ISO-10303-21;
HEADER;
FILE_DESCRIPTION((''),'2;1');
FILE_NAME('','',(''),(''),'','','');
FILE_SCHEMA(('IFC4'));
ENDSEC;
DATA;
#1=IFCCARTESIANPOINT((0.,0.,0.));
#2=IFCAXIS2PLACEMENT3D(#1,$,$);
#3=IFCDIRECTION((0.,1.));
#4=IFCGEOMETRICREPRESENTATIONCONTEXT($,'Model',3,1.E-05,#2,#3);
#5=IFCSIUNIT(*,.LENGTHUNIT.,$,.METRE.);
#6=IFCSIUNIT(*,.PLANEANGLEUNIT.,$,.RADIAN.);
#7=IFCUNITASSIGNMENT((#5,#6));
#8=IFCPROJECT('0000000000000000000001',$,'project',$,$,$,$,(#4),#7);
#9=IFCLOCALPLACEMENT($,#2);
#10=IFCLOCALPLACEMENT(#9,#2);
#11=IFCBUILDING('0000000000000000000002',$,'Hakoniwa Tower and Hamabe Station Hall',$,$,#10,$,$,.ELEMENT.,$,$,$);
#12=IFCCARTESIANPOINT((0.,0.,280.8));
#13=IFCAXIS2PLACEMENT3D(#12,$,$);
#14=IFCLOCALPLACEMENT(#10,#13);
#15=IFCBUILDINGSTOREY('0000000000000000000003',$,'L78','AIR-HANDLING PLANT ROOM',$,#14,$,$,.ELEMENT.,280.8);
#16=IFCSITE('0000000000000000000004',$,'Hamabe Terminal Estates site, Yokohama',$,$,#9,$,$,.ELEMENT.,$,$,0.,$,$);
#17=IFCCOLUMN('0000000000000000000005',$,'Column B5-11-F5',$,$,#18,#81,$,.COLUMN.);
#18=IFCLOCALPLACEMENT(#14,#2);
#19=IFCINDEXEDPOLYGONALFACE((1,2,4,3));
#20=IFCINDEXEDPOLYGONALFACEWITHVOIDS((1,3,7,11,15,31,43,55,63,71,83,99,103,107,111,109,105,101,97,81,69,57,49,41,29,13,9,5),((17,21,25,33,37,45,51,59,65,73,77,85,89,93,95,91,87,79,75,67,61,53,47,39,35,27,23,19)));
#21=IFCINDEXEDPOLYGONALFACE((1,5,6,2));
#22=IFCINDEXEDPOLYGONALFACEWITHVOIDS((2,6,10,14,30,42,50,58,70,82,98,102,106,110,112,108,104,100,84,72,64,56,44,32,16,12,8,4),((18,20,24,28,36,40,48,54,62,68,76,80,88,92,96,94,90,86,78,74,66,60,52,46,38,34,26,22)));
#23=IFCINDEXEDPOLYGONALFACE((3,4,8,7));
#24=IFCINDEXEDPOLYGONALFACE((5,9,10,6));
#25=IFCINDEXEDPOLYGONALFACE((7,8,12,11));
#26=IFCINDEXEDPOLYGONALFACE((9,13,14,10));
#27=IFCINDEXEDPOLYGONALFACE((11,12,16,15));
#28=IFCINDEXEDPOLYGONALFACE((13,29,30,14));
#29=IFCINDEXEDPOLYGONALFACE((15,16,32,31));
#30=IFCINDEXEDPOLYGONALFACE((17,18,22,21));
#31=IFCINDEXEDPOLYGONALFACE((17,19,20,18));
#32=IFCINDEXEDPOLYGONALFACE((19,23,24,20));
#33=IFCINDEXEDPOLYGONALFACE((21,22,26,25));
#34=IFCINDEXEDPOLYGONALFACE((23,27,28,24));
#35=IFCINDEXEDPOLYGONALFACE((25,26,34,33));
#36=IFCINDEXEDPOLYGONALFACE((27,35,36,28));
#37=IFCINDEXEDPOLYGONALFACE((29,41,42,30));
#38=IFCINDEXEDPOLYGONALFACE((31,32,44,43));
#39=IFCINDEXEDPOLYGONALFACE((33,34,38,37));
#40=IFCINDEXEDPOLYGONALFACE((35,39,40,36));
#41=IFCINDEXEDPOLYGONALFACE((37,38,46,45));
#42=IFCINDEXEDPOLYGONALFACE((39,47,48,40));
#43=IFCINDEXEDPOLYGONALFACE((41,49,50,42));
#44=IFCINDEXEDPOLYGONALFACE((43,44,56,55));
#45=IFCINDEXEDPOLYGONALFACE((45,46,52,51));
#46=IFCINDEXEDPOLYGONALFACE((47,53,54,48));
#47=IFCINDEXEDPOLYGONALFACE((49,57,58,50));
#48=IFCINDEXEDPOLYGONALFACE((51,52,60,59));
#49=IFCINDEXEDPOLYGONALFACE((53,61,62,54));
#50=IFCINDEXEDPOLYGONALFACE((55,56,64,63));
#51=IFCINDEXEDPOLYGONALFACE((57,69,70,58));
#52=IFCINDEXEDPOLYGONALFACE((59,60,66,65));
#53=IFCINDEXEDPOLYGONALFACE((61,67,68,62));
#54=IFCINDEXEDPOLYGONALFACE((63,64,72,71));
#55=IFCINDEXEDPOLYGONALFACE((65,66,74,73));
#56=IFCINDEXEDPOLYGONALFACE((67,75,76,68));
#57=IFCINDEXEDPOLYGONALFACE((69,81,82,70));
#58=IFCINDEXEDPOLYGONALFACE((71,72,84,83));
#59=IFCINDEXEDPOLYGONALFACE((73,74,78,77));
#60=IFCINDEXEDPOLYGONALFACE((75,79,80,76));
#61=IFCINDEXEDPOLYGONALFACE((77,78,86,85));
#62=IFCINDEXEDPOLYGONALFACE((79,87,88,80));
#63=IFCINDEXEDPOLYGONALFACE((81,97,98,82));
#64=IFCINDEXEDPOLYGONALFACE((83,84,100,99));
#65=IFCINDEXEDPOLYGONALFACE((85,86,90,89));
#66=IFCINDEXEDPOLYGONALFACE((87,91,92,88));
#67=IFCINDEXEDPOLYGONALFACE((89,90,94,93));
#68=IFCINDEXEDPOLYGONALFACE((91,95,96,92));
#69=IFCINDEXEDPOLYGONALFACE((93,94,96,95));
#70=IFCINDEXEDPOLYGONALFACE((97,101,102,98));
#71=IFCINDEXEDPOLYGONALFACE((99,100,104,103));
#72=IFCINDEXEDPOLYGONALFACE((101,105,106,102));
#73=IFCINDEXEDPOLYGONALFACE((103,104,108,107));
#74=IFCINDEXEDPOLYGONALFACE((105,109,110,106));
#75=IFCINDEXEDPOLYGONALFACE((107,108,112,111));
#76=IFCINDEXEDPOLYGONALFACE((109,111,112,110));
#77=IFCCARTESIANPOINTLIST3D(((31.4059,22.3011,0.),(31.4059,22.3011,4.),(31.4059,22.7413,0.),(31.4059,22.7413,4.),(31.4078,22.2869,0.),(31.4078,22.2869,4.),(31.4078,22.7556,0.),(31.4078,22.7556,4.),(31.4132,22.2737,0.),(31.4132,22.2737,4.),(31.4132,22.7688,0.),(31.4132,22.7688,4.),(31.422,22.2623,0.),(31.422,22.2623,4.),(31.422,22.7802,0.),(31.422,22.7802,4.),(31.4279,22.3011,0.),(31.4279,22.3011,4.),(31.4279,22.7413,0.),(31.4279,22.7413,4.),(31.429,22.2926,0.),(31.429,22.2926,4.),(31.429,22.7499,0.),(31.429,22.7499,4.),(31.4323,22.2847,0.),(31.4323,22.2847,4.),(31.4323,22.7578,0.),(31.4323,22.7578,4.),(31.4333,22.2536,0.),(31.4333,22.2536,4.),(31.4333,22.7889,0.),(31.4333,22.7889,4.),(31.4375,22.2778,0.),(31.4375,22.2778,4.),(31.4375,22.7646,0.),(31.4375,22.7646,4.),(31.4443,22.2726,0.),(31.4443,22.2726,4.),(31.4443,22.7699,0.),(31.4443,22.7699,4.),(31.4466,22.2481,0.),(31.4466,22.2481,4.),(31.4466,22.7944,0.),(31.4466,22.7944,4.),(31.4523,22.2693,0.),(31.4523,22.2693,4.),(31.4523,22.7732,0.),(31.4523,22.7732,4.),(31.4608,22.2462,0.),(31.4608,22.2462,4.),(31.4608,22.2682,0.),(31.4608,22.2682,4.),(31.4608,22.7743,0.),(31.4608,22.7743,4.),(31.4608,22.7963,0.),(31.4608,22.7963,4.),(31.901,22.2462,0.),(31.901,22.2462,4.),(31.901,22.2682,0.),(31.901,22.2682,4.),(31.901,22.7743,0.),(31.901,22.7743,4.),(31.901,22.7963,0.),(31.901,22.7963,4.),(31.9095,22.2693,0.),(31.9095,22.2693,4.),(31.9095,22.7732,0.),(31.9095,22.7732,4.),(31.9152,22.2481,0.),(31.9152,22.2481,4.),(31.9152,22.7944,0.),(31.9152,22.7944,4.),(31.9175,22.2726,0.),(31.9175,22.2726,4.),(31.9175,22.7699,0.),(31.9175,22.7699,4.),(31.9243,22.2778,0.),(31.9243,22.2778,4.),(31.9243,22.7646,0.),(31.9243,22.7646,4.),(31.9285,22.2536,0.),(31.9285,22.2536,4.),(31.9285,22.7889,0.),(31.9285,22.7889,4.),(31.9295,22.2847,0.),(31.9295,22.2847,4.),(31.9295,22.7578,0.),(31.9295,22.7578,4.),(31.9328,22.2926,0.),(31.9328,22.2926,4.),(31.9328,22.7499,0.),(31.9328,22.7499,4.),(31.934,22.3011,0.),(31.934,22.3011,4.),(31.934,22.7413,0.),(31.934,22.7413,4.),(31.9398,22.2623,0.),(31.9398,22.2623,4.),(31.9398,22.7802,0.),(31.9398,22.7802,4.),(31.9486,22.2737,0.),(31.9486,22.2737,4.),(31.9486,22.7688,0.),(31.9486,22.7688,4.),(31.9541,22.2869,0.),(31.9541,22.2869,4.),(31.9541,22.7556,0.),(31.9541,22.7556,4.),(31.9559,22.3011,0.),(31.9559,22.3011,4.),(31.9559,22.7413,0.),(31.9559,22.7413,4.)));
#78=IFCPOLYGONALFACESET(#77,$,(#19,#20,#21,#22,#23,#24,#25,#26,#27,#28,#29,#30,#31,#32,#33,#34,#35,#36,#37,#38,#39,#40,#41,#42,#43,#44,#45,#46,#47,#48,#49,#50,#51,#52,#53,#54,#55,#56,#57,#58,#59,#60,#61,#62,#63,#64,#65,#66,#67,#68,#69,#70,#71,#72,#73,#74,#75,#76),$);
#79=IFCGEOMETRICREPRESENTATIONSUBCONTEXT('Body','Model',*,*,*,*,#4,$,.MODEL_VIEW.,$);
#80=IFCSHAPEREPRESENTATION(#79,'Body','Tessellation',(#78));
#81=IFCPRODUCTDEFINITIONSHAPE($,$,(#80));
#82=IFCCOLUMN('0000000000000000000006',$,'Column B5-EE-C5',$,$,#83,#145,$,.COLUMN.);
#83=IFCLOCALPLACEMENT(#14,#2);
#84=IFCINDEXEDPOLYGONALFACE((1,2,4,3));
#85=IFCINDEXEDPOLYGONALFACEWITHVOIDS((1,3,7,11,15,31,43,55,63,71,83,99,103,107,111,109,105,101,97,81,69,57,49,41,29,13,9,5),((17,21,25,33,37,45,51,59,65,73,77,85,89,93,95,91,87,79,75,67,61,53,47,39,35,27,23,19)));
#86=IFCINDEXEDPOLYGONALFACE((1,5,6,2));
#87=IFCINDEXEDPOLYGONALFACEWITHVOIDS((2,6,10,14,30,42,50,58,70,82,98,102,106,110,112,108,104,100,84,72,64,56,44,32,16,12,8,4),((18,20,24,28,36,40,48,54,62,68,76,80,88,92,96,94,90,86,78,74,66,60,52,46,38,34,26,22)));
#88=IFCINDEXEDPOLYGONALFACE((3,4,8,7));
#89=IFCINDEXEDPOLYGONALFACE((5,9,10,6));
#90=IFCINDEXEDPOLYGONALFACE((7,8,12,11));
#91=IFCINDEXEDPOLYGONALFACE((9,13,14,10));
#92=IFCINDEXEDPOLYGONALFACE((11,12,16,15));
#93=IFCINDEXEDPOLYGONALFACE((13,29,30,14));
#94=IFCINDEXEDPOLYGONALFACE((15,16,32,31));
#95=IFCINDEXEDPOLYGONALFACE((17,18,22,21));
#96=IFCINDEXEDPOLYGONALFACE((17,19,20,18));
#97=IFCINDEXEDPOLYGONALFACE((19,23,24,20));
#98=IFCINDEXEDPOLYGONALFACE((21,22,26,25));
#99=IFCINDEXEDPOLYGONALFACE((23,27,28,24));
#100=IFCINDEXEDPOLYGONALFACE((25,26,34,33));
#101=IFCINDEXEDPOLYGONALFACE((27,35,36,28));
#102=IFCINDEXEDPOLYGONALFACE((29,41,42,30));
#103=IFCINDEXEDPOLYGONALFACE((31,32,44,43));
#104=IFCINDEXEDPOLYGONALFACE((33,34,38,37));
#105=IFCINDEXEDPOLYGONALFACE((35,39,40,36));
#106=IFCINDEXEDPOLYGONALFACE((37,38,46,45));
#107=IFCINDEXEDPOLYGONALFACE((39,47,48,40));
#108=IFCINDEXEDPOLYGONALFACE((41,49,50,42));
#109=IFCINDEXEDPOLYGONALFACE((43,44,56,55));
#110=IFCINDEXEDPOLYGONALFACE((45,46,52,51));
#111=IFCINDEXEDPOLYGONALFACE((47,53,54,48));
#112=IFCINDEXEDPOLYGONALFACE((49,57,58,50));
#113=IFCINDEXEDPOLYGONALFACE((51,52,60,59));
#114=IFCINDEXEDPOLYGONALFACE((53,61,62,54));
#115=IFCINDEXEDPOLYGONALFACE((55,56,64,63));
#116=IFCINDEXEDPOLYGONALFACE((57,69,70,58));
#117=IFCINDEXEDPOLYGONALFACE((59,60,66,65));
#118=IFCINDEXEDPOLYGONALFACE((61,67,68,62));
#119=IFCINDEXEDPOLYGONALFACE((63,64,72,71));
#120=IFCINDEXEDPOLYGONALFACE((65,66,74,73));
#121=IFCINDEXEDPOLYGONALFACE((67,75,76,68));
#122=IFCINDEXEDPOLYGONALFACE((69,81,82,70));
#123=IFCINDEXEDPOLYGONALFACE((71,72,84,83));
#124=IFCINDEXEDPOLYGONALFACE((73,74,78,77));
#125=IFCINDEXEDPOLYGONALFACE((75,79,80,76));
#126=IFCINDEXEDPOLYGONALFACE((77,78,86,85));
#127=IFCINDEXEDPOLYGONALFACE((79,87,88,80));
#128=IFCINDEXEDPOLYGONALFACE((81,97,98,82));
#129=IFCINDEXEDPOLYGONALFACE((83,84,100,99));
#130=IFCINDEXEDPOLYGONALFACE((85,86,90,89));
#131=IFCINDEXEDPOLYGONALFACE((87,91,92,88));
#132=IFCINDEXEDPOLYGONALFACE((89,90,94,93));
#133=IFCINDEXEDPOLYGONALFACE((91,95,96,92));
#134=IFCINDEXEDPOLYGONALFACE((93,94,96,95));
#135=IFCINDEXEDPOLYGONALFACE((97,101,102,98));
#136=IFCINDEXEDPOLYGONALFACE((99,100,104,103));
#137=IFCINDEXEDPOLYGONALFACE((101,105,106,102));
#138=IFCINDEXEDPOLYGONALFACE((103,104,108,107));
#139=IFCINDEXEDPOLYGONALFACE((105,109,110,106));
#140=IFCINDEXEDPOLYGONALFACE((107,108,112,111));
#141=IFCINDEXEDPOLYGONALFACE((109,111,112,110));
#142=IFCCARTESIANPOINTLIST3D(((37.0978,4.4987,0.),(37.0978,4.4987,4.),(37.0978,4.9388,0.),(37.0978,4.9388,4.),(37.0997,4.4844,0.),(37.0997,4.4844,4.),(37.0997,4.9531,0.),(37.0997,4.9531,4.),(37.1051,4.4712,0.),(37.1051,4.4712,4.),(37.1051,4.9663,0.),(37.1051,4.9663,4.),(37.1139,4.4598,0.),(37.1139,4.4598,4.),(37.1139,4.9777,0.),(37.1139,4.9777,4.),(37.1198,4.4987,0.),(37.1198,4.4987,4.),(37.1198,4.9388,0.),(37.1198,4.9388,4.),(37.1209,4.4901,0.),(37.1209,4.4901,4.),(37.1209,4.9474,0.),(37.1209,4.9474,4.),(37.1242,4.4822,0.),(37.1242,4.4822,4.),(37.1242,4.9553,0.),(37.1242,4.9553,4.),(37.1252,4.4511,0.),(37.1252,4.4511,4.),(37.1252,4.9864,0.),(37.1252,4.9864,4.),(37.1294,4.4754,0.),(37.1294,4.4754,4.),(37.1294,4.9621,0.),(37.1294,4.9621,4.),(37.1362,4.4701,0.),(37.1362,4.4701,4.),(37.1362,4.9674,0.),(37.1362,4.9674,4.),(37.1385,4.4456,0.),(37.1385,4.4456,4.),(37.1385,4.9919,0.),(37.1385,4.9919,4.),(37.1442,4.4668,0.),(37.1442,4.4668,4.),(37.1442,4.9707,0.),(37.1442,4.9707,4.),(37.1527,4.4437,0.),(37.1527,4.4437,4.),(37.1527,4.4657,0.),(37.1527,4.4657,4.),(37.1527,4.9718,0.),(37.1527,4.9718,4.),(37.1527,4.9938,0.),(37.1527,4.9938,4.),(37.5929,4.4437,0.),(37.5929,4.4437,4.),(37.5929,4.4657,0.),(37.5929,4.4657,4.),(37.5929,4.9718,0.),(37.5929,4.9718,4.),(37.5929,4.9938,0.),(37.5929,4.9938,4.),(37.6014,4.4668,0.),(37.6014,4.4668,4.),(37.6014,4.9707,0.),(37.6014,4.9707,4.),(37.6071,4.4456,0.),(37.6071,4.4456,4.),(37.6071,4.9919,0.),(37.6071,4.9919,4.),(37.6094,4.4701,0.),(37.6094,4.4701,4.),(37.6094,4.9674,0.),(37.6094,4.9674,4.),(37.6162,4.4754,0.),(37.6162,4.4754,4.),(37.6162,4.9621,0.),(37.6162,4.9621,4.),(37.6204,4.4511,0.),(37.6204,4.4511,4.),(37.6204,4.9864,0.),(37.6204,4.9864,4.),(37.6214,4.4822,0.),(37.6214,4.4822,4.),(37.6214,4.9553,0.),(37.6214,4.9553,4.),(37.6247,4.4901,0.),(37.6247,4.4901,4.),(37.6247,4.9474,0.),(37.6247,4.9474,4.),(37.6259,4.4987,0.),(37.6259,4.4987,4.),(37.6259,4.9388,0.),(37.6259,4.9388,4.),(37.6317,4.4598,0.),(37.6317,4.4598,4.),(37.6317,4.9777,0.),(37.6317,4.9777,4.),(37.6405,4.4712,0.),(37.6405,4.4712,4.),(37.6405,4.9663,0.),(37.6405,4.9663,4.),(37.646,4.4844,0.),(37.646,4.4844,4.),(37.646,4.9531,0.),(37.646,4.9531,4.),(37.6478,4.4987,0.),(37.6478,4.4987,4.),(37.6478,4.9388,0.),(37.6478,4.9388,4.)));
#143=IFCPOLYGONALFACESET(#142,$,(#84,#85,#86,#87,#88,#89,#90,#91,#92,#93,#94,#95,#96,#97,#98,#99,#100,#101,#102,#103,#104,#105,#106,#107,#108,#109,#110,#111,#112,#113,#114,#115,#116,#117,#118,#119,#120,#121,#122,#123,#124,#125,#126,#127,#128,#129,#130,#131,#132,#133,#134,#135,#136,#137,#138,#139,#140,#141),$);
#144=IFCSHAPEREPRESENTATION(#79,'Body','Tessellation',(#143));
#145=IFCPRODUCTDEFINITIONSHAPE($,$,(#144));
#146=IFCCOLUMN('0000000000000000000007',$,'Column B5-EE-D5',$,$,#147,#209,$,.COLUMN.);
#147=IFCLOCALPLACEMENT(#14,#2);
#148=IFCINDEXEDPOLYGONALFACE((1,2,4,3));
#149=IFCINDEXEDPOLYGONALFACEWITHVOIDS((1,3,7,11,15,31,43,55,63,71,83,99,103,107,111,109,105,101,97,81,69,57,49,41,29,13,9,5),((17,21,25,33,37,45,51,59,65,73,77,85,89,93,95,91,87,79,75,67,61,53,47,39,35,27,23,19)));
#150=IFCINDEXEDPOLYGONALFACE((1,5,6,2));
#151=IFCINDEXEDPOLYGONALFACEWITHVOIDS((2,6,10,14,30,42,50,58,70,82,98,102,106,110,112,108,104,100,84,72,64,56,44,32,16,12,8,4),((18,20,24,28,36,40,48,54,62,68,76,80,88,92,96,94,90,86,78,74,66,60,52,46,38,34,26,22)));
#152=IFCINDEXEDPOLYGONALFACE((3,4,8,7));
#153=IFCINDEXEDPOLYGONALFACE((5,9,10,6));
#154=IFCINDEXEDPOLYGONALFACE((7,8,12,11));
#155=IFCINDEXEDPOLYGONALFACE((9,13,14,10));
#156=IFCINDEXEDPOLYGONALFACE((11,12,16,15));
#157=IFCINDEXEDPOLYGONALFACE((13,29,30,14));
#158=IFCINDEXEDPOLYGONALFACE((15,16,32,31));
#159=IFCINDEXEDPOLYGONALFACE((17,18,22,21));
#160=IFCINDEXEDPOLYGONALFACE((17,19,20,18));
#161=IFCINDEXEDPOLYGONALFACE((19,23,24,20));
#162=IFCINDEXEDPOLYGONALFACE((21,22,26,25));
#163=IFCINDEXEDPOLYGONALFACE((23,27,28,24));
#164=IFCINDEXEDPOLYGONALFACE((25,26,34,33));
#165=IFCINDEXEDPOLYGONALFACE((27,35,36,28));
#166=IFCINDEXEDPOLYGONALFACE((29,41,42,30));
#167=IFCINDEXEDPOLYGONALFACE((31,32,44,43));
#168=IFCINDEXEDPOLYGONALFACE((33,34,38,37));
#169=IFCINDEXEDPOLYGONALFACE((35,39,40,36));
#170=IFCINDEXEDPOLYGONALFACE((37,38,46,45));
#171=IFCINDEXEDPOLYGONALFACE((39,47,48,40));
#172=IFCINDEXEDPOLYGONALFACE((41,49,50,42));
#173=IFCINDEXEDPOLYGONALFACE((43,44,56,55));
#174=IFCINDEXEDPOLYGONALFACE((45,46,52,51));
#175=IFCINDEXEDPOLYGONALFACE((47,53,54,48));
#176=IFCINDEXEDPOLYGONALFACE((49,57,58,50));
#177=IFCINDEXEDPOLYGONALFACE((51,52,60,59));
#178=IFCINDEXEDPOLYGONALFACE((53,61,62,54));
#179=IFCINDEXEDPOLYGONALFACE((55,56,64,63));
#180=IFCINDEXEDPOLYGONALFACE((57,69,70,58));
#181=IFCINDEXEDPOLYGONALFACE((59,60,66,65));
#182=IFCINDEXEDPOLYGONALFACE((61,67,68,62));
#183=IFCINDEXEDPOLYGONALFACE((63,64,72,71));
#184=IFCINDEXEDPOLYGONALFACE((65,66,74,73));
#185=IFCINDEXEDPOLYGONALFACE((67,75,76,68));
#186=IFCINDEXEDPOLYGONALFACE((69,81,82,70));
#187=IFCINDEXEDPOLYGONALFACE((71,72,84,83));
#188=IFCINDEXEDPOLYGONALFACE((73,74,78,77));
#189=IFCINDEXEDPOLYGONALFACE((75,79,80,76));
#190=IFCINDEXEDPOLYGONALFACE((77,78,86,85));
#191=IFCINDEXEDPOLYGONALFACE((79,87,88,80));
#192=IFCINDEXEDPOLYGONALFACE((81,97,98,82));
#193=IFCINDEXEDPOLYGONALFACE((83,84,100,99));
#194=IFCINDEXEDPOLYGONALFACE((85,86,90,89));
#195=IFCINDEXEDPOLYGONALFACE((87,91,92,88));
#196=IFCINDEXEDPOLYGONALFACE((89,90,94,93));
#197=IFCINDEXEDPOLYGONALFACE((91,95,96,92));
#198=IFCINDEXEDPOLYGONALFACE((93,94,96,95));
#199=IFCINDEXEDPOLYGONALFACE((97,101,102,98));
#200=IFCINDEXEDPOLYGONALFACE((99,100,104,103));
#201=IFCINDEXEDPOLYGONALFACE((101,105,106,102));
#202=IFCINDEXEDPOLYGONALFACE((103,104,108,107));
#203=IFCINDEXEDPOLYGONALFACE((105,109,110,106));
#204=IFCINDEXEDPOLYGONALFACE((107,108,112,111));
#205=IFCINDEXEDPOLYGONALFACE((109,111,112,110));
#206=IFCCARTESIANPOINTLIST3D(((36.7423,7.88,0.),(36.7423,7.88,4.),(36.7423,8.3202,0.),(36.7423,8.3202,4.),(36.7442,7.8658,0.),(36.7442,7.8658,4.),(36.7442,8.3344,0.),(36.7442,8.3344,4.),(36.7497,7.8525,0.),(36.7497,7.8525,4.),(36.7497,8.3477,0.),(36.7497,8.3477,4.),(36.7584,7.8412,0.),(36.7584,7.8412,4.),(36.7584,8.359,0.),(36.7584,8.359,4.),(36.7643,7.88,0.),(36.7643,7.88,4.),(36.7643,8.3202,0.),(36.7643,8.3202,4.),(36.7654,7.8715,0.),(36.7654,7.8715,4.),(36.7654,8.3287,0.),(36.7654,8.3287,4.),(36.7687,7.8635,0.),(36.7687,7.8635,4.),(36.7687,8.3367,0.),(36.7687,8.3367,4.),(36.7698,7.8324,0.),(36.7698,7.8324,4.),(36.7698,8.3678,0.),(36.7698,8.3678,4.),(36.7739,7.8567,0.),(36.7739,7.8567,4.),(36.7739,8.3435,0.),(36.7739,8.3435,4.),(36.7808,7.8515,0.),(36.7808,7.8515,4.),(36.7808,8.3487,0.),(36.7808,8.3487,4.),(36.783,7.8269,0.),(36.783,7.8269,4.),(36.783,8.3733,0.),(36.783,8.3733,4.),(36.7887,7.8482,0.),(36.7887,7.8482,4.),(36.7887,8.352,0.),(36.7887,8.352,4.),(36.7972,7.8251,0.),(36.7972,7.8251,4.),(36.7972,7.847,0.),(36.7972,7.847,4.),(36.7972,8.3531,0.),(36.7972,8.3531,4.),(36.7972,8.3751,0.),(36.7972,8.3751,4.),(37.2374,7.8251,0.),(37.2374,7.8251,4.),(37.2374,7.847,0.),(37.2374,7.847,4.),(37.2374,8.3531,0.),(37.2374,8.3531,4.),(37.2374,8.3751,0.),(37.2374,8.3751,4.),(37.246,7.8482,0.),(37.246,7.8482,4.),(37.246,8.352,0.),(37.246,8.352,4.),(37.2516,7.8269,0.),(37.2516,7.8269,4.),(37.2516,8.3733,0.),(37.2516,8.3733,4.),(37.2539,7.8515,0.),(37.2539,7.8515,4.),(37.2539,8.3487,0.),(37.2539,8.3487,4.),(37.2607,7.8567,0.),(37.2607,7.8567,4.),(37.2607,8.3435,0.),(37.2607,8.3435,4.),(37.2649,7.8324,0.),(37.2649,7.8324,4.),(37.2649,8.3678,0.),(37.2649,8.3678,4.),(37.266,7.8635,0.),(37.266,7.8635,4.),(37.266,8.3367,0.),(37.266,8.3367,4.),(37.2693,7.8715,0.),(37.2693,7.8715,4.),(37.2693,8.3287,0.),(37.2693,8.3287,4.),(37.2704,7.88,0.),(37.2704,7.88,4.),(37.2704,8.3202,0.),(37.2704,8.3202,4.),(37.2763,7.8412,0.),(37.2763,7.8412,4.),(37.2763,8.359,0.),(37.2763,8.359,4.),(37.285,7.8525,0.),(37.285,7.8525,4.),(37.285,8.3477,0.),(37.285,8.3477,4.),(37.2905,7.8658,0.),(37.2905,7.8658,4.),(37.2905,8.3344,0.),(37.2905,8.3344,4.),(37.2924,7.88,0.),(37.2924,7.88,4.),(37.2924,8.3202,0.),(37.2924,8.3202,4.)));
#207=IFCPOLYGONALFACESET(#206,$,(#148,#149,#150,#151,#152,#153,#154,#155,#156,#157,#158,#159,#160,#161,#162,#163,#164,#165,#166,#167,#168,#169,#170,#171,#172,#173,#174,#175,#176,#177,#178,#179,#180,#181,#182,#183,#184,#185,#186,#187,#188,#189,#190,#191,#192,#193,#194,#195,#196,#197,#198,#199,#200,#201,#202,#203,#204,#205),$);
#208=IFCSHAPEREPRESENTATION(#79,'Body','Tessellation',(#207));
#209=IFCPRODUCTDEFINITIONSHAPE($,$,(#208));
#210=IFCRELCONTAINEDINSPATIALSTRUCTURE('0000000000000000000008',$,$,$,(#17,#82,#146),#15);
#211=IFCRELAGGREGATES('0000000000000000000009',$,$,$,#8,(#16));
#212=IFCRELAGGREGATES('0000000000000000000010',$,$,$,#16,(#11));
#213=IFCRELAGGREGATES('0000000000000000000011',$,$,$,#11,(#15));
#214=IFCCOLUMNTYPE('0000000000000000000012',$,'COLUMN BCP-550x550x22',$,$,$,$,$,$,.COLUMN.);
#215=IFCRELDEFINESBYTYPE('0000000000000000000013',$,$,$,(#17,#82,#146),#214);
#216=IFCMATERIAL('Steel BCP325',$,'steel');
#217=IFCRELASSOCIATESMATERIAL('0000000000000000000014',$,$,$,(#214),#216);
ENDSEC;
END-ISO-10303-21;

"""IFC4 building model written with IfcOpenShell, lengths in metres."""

from ifc_helpers import new_model, si_unit, direction, frame, origin, origin_2d, place, context, subcontext, project, spatial, hollow_rectangle, extrude, material, material_profile, profile_set, type_object, element, save


model = new_model("IFC4")

# Units and contexts
model_context = context("Model", 3, precision=1e-05, world=origin(), true_north=direction((0.0, 1.0)))
body_context = subcontext(model_context, "Body", "Model", "MODEL_VIEW")
ifc_project = project(units=[si_unit("LENGTHUNIT", "METRE"), si_unit("PLANEANGLEUNIT", "RADIAN")], contexts=[model_context])

# Site, building, storey
site_placement = place(None, origin())
site = spatial("IfcSite", under=ifc_project, at=site_placement, Name="Hamabe Terminal Estates site, Yokohama", CompositionType="ELEMENT", RefElevation=0.0)
building_placement = place(site_placement, origin())
building = spatial("IfcBuilding", under=site, at=building_placement, Name="Hakoniwa Tower and Hamabe Station Hall", CompositionType="ELEMENT")
storey_placement = place(building_placement, frame((0.0, 0.0, 280.8)))
storey = spatial("IfcBuildingStorey", under=building, at=storey_placement, Name="L78", Description="AIR-HANDLING PLANT ROOM", CompositionType="ELEMENT", Elevation=280.8)

# Columns
ifc_material_1 = material(Name="Steel BCP325", Category="steel")
ifc_material_profile_1 = material_profile(ifc_material_1, hollow_rectangle(XDim=0.55, YDim=0.55, WallThickness=0.022, InnerFilletRadius=0.033, OuterFilletRadius=0.0549, at=origin_2d()), Name="BCP-550x550x22")
ifc_profile_set_1 = profile_set([ifc_material_profile_1], Name="Steel BCP325")
column_type = type_object("IfcColumnType", Name="COLUMN BCP-550x550x22", PredefinedType="COLUMN", material=ifc_profile_set_1)
for number, where, z_axis, x_axis, name in (
    (1, (31.6809, 22.5212, 0.0), (0.0, 0.0, 1.0), (1.0, 0.0, 0.0), "Column B5-11-F5"),
    (2, (37.3728, 4.7188, 0.0), (0.0, 0.0, 1.0), (1.0, 0.0, 0.0), "Column B5-EE-C5"),
    (3, (37.0173, 8.1001, 0.0), (0.0, 0.0, 1.0), (1.0, 0.0, 0.0), "Column B5-EE-D5"),
):
    element("IfcColumn", number, at=place(storey_placement, frame(where, z_axis=z_axis, x_axis=x_axis)), inside=storey, type_object=column_type, Name=name, PredefinedType="COLUMN", context=body_context, shape_type="SweptSolid", body=[
        extrude(hollow_rectangle(XDim=0.55, YDim=0.55, WallThickness=0.022, InnerFilletRadius=0.033, OuterFilletRadius=0.0549, at=origin_2d()), origin(), (0.0, 0.0, 1.0), 4.0),
    ])

save(model, "model.ifc")
